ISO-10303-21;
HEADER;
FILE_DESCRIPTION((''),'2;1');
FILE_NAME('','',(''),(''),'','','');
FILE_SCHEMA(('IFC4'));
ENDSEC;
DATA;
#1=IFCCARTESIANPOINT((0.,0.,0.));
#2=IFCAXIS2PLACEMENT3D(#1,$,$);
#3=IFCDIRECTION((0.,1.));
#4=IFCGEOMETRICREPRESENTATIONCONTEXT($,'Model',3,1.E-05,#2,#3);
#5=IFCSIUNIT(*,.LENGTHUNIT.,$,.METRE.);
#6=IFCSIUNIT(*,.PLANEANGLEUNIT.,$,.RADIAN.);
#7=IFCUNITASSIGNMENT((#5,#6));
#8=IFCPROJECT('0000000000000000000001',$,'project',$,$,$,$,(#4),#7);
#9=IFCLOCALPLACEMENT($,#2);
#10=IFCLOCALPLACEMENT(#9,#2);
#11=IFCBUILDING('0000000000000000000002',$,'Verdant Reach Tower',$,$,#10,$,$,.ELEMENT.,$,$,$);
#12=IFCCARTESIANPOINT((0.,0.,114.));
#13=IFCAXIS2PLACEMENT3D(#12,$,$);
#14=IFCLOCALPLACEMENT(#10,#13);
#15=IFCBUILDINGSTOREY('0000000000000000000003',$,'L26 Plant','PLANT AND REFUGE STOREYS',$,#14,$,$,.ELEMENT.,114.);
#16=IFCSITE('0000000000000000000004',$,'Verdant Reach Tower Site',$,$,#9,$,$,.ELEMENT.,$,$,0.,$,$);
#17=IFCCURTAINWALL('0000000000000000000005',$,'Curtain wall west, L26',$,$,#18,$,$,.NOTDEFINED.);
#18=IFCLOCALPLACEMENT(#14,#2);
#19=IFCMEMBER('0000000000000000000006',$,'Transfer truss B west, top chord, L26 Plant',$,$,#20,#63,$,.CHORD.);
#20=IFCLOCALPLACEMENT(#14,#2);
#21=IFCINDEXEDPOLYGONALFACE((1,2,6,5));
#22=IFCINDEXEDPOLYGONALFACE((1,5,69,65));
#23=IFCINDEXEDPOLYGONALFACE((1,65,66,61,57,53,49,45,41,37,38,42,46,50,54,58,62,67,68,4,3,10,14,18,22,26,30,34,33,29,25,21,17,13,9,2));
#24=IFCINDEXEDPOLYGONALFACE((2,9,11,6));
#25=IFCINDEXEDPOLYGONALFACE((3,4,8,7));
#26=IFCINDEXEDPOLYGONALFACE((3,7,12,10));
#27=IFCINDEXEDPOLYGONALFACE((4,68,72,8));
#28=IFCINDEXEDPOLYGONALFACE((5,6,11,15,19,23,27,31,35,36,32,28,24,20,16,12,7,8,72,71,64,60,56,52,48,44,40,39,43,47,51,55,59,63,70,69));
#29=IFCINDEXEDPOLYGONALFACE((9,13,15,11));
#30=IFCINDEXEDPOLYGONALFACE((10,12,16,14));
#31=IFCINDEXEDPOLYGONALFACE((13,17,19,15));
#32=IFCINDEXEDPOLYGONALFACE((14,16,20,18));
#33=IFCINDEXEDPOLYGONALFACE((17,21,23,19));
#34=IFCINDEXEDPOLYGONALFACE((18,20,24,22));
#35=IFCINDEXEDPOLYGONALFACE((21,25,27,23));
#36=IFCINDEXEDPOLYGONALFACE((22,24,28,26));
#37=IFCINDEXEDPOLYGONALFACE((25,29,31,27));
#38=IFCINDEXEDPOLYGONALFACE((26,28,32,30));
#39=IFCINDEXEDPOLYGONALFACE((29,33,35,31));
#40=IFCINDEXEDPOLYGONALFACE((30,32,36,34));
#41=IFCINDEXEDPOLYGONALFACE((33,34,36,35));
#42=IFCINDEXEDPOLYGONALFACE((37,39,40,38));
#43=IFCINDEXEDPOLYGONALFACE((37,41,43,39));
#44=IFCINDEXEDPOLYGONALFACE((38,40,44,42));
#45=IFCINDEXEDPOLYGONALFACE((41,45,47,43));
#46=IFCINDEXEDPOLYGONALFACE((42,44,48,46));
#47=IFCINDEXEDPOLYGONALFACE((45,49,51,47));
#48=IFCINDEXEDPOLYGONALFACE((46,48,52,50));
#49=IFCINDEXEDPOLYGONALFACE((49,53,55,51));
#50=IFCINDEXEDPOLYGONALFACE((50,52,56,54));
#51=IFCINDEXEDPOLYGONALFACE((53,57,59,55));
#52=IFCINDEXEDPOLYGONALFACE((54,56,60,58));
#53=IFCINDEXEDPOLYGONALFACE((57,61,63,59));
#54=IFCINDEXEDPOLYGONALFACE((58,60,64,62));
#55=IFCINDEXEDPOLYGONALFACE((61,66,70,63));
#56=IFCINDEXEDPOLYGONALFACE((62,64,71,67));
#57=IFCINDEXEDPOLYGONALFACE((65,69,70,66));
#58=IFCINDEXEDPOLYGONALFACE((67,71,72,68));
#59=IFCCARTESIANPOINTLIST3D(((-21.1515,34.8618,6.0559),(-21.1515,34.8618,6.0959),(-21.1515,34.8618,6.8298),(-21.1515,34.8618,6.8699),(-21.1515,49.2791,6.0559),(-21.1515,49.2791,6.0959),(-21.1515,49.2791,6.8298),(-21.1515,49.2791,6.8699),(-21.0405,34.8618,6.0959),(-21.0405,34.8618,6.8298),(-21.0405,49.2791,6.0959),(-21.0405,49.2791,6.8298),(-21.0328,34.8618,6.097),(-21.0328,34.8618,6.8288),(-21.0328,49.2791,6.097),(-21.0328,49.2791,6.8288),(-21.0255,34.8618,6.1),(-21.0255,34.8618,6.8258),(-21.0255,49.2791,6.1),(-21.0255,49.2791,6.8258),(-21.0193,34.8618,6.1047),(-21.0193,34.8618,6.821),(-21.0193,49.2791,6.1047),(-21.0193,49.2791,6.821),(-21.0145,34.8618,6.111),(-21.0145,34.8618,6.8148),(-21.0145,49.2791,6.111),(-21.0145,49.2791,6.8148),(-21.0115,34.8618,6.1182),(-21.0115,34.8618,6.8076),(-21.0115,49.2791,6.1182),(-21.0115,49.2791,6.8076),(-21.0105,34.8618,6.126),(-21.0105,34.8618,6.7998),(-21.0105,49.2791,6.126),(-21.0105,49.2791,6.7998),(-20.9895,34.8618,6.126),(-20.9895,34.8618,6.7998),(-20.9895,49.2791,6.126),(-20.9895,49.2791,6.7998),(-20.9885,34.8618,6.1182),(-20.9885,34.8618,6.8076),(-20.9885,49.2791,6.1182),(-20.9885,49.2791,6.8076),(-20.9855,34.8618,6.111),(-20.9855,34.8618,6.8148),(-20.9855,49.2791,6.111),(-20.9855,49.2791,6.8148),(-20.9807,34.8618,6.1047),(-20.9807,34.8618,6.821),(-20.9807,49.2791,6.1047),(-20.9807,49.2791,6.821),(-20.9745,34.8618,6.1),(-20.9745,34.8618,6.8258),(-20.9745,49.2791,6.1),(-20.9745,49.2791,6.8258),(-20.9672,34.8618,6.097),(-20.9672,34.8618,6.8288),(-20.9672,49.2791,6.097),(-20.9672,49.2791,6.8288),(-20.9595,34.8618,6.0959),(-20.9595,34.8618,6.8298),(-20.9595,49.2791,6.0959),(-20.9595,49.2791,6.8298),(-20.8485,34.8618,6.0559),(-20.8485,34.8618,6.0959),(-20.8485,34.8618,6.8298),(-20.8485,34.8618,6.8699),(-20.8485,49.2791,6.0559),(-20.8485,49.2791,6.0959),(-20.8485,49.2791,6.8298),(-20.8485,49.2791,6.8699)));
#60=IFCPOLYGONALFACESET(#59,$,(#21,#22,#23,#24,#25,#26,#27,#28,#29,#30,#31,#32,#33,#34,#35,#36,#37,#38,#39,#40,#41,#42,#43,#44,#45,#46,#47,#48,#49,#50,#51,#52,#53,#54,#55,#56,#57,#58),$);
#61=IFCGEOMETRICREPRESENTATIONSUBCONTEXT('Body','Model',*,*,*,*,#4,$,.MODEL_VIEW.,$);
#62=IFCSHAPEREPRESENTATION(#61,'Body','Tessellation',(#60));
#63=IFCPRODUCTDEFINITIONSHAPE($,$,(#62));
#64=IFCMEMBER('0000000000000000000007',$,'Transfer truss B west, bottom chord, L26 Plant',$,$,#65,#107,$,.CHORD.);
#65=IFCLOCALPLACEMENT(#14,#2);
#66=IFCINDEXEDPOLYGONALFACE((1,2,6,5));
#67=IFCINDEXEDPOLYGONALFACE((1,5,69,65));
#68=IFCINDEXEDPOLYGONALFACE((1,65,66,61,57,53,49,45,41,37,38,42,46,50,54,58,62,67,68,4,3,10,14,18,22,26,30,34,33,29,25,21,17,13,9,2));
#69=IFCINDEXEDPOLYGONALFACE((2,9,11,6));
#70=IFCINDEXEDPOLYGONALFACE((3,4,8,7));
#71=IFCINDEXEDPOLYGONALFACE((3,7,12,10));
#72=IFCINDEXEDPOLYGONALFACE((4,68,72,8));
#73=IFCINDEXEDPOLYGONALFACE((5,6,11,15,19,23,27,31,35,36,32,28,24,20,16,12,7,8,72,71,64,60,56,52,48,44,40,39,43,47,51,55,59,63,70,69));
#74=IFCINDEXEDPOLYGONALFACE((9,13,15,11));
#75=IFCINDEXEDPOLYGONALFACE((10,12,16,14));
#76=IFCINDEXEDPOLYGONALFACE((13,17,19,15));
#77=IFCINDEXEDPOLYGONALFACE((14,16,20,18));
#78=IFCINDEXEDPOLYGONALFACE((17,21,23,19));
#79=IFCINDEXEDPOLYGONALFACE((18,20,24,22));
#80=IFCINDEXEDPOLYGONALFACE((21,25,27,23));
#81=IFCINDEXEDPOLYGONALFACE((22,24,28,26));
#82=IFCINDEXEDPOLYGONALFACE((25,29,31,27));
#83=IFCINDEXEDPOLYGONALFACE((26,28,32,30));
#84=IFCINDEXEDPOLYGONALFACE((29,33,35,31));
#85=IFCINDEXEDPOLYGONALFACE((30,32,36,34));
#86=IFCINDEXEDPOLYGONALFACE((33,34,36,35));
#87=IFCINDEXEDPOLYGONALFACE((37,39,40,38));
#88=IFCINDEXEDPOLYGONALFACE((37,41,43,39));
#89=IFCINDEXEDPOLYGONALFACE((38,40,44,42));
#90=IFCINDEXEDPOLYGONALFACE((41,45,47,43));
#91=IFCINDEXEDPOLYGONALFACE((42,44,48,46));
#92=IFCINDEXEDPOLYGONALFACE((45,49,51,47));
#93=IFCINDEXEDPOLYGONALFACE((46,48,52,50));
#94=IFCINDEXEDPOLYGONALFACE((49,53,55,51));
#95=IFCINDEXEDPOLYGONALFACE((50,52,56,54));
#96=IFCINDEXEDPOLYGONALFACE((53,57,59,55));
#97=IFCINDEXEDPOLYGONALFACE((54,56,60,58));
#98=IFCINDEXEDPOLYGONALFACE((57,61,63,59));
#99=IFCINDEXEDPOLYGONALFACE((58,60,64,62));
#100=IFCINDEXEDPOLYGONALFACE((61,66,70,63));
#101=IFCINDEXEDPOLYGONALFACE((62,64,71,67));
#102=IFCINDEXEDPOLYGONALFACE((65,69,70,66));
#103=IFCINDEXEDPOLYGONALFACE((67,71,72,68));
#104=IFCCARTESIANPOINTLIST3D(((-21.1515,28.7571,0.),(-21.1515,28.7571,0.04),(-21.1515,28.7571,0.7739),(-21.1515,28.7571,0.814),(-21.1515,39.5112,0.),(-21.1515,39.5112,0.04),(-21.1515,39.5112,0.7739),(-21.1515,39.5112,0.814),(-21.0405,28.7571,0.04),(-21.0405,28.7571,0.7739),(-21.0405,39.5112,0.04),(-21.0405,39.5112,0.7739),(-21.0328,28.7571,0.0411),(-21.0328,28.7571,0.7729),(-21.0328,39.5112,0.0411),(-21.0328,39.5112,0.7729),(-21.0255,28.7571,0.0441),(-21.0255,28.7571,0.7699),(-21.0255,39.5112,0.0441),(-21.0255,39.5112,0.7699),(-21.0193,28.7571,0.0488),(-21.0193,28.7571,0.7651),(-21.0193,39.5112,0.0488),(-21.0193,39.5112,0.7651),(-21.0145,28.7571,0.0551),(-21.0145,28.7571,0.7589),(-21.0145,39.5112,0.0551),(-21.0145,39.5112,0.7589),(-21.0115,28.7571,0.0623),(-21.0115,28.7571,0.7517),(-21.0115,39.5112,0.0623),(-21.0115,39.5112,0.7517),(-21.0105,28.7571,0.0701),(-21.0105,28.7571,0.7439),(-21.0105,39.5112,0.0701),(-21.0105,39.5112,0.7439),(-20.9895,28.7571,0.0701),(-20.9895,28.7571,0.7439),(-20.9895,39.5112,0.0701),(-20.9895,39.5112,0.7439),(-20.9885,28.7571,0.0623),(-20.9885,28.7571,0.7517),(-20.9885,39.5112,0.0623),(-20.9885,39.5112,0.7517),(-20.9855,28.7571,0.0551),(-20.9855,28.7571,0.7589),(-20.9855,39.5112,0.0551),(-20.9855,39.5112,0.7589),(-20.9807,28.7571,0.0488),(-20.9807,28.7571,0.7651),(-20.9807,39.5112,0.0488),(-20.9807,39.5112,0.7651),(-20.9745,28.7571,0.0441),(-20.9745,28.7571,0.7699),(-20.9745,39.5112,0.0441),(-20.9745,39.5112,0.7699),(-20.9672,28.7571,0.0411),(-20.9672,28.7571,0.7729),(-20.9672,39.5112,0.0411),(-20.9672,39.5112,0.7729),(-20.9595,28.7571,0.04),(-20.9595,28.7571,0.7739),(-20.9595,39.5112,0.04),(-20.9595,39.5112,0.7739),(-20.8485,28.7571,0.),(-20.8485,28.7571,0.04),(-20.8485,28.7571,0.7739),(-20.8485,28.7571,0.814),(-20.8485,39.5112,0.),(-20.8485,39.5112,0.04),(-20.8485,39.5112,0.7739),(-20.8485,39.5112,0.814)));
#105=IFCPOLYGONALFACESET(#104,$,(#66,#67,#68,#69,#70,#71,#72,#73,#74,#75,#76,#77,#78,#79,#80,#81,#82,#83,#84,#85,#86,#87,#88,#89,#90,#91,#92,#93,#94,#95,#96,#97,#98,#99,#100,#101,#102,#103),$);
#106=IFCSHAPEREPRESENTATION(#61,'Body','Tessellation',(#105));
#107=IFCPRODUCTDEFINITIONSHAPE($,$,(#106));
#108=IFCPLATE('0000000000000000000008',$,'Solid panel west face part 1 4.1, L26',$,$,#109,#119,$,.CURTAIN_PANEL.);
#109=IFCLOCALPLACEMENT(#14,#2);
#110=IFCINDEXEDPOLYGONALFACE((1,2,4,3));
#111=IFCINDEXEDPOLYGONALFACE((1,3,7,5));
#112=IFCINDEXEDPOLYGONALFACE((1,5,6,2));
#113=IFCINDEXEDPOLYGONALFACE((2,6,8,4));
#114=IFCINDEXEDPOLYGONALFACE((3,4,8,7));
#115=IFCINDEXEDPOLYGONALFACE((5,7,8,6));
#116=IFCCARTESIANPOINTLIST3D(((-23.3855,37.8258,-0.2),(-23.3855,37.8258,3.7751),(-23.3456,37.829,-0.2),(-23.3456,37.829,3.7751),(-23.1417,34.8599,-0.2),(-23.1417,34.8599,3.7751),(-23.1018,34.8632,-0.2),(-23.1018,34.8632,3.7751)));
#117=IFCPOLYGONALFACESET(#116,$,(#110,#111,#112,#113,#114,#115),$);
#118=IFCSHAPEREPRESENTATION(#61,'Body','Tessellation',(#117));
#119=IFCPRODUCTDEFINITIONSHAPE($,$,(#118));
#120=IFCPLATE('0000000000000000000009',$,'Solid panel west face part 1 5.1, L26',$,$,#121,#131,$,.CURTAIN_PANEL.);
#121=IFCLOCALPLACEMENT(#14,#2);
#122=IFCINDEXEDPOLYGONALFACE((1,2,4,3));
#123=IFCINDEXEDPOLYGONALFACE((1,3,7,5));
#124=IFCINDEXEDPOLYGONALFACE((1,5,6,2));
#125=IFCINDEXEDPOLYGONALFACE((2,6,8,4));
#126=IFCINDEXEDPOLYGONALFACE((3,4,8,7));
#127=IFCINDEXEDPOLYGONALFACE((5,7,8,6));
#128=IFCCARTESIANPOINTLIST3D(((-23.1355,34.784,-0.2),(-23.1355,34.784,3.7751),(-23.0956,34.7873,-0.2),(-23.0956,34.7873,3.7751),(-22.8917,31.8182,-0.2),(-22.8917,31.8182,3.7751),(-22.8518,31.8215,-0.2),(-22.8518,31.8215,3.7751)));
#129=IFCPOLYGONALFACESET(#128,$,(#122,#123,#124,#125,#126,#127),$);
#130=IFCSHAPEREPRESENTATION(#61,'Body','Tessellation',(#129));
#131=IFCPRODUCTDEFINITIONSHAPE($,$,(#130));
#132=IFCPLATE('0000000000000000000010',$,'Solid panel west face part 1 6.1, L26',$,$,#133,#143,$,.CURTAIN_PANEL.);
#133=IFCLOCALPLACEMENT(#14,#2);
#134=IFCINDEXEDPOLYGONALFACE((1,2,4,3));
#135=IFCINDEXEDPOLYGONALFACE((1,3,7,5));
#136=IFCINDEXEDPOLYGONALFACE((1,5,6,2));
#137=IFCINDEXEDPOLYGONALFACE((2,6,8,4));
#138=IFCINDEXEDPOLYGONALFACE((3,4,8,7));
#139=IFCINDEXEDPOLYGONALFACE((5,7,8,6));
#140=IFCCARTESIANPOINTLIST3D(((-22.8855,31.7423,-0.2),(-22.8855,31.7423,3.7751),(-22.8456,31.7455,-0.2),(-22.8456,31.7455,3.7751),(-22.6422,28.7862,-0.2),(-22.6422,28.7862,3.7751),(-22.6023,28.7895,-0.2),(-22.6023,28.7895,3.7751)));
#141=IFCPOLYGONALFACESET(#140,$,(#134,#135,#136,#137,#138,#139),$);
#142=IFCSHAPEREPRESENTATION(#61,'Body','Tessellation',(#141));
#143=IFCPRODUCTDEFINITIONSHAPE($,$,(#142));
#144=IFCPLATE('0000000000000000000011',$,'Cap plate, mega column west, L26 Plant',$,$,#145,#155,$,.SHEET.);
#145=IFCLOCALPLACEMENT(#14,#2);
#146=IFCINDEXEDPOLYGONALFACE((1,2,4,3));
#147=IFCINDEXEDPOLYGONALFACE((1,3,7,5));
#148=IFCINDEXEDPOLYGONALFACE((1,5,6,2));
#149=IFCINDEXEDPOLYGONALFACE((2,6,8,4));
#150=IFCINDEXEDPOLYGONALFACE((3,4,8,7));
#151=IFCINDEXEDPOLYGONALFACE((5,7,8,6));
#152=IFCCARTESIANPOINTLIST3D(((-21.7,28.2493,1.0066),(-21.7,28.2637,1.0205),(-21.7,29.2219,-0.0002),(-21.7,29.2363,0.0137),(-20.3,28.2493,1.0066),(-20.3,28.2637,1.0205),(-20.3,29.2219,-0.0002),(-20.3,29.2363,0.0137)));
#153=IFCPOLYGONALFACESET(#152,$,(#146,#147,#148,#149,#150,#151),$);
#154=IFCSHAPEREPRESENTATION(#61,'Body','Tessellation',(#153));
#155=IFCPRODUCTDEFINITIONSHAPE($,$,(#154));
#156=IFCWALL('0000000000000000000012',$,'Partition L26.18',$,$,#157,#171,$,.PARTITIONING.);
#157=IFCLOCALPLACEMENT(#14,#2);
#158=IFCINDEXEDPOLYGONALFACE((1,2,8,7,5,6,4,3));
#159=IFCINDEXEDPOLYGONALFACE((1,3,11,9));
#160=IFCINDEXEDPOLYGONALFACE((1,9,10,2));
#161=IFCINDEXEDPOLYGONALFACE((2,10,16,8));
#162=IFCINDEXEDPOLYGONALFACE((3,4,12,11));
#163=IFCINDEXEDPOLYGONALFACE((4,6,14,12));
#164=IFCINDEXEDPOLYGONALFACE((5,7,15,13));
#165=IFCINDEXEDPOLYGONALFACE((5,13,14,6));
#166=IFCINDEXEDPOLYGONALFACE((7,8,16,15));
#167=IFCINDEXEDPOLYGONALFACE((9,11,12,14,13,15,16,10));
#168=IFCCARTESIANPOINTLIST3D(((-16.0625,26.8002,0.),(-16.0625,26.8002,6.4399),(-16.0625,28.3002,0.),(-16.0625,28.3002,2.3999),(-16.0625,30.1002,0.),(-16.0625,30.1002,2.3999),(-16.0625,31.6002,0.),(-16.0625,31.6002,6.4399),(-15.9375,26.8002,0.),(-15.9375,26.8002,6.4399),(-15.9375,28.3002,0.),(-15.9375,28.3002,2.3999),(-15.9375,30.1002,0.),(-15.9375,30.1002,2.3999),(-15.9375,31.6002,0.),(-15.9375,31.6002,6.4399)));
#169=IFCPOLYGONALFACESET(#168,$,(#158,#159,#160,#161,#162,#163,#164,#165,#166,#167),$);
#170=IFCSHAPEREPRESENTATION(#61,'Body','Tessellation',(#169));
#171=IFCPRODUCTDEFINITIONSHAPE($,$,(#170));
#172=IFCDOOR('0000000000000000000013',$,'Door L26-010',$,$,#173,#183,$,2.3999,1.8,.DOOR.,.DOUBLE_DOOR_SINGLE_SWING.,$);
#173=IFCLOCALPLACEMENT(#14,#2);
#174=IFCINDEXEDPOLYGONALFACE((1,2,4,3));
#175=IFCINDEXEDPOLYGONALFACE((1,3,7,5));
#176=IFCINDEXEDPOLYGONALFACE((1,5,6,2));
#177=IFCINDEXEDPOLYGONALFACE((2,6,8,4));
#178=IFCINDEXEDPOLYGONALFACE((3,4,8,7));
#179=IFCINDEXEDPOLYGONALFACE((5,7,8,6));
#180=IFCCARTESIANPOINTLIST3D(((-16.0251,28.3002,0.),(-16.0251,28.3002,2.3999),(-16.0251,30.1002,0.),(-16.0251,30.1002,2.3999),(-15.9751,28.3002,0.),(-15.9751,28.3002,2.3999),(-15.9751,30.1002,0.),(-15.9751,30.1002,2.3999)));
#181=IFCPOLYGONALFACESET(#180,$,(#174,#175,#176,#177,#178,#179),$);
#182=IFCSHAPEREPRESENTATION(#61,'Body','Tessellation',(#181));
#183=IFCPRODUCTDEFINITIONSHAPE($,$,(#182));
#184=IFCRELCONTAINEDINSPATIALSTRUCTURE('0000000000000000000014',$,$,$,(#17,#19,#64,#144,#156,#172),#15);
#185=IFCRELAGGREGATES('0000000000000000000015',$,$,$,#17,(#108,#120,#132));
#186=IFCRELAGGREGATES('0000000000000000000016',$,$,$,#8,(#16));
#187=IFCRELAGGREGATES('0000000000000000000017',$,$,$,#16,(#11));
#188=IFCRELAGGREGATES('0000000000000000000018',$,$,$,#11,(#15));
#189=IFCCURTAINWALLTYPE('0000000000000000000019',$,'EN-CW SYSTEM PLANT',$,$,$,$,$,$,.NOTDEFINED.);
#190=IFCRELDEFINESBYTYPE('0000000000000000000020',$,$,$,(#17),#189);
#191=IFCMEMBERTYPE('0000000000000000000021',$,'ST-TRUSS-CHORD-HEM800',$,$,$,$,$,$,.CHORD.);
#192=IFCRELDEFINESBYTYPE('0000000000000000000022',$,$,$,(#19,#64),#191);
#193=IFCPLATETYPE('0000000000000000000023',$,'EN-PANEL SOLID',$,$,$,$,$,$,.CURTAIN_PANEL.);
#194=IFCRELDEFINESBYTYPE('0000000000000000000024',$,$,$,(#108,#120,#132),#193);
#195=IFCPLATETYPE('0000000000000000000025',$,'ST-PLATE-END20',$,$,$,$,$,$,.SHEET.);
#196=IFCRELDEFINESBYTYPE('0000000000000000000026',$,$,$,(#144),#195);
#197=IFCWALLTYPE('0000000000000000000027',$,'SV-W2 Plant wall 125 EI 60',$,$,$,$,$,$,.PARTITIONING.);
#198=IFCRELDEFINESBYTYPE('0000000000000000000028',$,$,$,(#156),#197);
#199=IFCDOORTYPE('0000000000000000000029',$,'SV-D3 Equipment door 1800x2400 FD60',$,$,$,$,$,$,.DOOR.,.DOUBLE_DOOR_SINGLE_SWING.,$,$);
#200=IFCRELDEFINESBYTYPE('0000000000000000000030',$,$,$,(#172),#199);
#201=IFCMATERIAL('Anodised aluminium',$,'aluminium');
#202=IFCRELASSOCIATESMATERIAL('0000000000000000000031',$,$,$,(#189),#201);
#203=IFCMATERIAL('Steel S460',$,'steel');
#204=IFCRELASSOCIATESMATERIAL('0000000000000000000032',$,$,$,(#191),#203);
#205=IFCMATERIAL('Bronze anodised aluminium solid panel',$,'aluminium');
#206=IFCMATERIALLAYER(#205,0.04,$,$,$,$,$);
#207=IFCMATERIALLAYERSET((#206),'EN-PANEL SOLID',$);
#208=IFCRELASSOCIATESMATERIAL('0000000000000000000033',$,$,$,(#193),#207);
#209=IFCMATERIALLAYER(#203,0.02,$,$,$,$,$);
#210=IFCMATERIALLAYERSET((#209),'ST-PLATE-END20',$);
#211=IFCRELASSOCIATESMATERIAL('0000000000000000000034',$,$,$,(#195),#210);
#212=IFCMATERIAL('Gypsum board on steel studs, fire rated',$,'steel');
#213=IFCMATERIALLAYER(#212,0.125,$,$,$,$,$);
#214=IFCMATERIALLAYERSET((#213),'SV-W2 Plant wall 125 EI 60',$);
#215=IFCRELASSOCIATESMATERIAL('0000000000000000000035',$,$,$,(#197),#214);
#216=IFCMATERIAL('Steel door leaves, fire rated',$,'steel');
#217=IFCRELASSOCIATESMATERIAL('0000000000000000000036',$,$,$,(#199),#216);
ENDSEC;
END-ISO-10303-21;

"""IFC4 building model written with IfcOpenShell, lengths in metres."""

from ifc_helpers import new_model, si_unit, direction, frame, frame_2d, origin, origin_2d, place, context, subcontext, project, spatial, rectangle, i_section, extrude, material, layer, layer_set, material_profile, profile_set, type_object, element, fill, aggregate, save


model = new_model("IFC4")

# Units and contexts
model_context = context("Model", 3, precision=1e-05, world=origin(), true_north=direction((0.0, 1.0)))
body_context = subcontext(model_context, "Body", "Model", "MODEL_VIEW")
ifc_project = project(units=[si_unit("LENGTHUNIT", "METRE"), si_unit("PLANEANGLEUNIT", "RADIAN")], contexts=[model_context])

# Site, building, storey
site_placement = place(None, origin())
site = spatial("IfcSite", under=ifc_project, at=site_placement, Name="Verdant Reach Tower Site", CompositionType="ELEMENT", RefElevation=0.0)
building_placement = place(site_placement, origin())
building = spatial("IfcBuilding", under=site, at=building_placement, Name="Verdant Reach Tower", CompositionType="ELEMENT")
storey_placement = place(building_placement, frame((0.0, 0.0, 114.0)))
storey = spatial("IfcBuildingStorey", under=building, at=storey_placement, Name="L26 Plant", Description="PLANT AND REFUGE STOREYS", CompositionType="ELEMENT", Elevation=114.0)

# Shared definitions
ifc_material_1 = material(Name="Steel S460", Category="steel")

# Curtain wall
ifc_material_2 = material(Name="Anodised aluminium", Category="aluminium")
curtain_wall_type = type_object("IfcCurtainWallType", Name="EN-CW SYSTEM PLANT", PredefinedType="NOTDEFINED", material=ifc_material_2)
curtain_wall_placement = place(storey_placement, origin())
curtain_wall = element("IfcCurtainWall", 1, at=curtain_wall_placement, inside=storey, type_object=curtain_wall_type, Name="Curtain wall west, L26", PredefinedType="NOTDEFINED")

# Members
ifc_material_profile_1 = material_profile(ifc_material_1, i_section(OverallWidth=0.303, OverallDepth=0.814, WebThickness=0.021, FlangeThickness=0.04, FilletRadius=0.03, at=origin_2d()), Name="HEM 800")
ifc_profile_set_1 = profile_set([ifc_material_profile_1], Name="Steel S460")
member_type_1 = type_object("IfcMemberType", Name="ST-TRUSS-CHORD-HEM800", PredefinedType="CHORD", material=ifc_profile_set_1)
member_1_placement = place(storey_placement, frame((-21.0, 34.8618, 6.4629), z_axis=(0.0, 1.0, 0.0), x_axis=(-1.0, 0.0, 0.0)))
element("IfcMember", 2, at=member_1_placement, inside=storey, type_object=member_type_1, Name="Transfer truss B west, top chord, L26 Plant", PredefinedType="CHORD", context=body_context, shape_type="SweptSolid", body=[
    extrude(i_section(OverallWidth=0.303, OverallDepth=0.814, WebThickness=0.021, FlangeThickness=0.04, FilletRadius=0.03, at=origin_2d()), origin(), (0.0, 0.0, 1.0), 14.4172),
])
member_2_placement = place(storey_placement, frame((-21.0, 28.7571, 0.407), z_axis=(0.0, 1.0, 0.0), x_axis=(-1.0, 0.0, 0.0)))
element("IfcMember", 3, at=member_2_placement, inside=storey, type_object=member_type_1, Name="Transfer truss B west, bottom chord, L26 Plant", PredefinedType="CHORD", context=body_context, shape_type="SweptSolid", body=[
    extrude(i_section(OverallWidth=0.303, OverallDepth=0.814, WebThickness=0.021, FlangeThickness=0.04, FilletRadius=0.03, at=origin_2d()), origin(), (0.0, 0.0, 1.0), 10.7542),
])

# Plates
ifc_material_3 = material(Name="Bronze anodised aluminium solid panel", Category="aluminium")
ifc_layer_1 = layer(ifc_material_3, 0.04)
ifc_layer_set_1 = layer_set([ifc_layer_1], Name="EN-PANEL SOLID")
plate_type_1 = type_object("IfcPlateType", Name="EN-PANEL SOLID", PredefinedType="CURTAIN_PANEL", material=ifc_layer_set_1)
plate_1_placement = place(storey_placement, frame((-23.2437, 36.3445, -0.2), z_axis=(0.0, 0.0, 1.0), x_axis=(0.081916, -0.996639, 0.0)))
plate_1 = element("IfcPlate", 4, at=plate_1_placement, type_object=plate_type_1, Name="Solid panel west face part 1 4.1, L26", PredefinedType="CURTAIN_PANEL", context=body_context, shape_type="SweptSolid", body=[
    extrude(rectangle(XDim=2.9758, YDim=0.04, at=origin_2d()), origin(), (0.0, 0.0, 1.0), 3.9751),
])
plate_2_placement = place(storey_placement, frame((-22.9937, 33.3027, -0.2), z_axis=(0.0, 0.0, 1.0), x_axis=(0.081916, -0.996639, 0.0)))
plate_2 = element("IfcPlate", 5, at=plate_2_placement, type_object=plate_type_1, Name="Solid panel west face part 1 5.1, L26", PredefinedType="CURTAIN_PANEL", context=body_context, shape_type="SweptSolid", body=[
    extrude(rectangle(XDim=2.9758, YDim=0.04, at=origin_2d()), origin(), (0.0, 0.0, 1.0), 3.9751),
])
plate_3_placement = place(storey_placement, frame((-22.7439, 30.2659, -0.2), z_axis=(0.0, 0.0, 1.0), x_axis=(0.082047, -0.996628, 0.0)))
plate_3 = element("IfcPlate", 6, at=plate_3_placement, type_object=plate_type_1, Name="Solid panel west face part 1 6.1, L26", PredefinedType="CURTAIN_PANEL", context=body_context, shape_type="SweptSolid", body=[
    extrude(rectangle(XDim=2.9661, YDim=0.04, at=origin_2d()), origin(), (0.0, 0.0, 1.0), 3.9751),
])
ifc_layer_2 = layer(ifc_material_1, 0.02)
ifc_layer_set_2 = layer_set([ifc_layer_2], Name="ST-PLATE-END20")
plate_type_2 = type_object("IfcPlateType", Name="ST-PLATE-END20", PredefinedType="SHEET", material=ifc_layer_set_2)
plate_4_placement = place(storey_placement, frame((-21.0, 28.7356, 0.5032), z_axis=(0.0, 0.719191, 0.694812), x_axis=(-1.0, 0.0, 0.0)))
element("IfcPlate", 7, at=plate_4_placement, inside=storey, type_object=plate_type_2, Name="Cap plate, mega column west, L26 Plant", PredefinedType="SHEET", context=body_context, shape_type="SweptSolid", body=[
    extrude(rectangle(XDim=1.3999, YDim=1.3999, at=origin_2d()), origin(), (0.0, 0.0, 1.0), 0.02),
])

# Wall, opening, door
ifc_material_4 = material(Name="Gypsum board on steel studs, fire rated", Category="steel")
ifc_layer_3 = layer(ifc_material_4, 0.125)
ifc_layer_set_3 = layer_set([ifc_layer_3], Name="SV-W2 Plant wall 125 EI 60")
wall_type_1 = type_object("IfcWallType", Name="SV-W2 Plant wall 125 EI 60", PredefinedType="PARTITIONING", material=ifc_layer_set_3)
wall_1_placement = place(storey_placement, frame((-16.0, 31.6001, 0.0), z_axis=(0.0, 0.0, 1.0), x_axis=(0.0, -1.0, 0.0)))
wall_1 = element("IfcWall", 8, at=wall_1_placement, inside=storey, type_object=wall_type_1, Name="Partition L26.18", PredefinedType="PARTITIONING", context=body_context, shape_type="SweptSolid", body=[
    extrude(rectangle(XDim=4.8, YDim=0.125, at=frame_2d((2.3999, 0.0))), origin(), (0.0, 0.0, 1.0), 6.4399),
])
opening_1_placement = place(wall_1_placement, frame((1.5, 0.0, 0.0)))
opening_1 = element("IfcOpeningElement", 9, at=opening_1_placement, cuts=wall_1, PredefinedType="OPENING", context=body_context, shape_type="SweptSolid", body=[
    extrude(rectangle(XDim=1.8, YDim=2.3999, at=frame_2d((0.8999, 1.2))), frame((0.0, 0.0725, 0.0), z_axis=(0.0, -1.0, 0.0), x_axis=(1.0, 0.0, 0.0)), (0.0, 0.0, 1.0), 0.145),
])
ifc_material_5 = material(Name="Steel door leaves, fire rated", Category="steel")
door_type_1 = type_object("IfcDoorType", Name="SV-D3 Equipment door 1800x2400 FD60", OperationType="DOUBLE_DOOR_SINGLE_SWING", PredefinedType="DOOR", material=ifc_material_5)
door_1_placement = place(opening_1_placement, origin())
door_1 = element("IfcDoor", 10, at=door_1_placement, inside=storey, type_object=door_type_1, Name="Door L26-010", OperationType="DOUBLE_DOOR_SINGLE_SWING", OverallHeight=2.3999, OverallWidth=1.8, PredefinedType="DOOR", context=body_context, shape_type="SweptSolid", body=[
    extrude(rectangle(XDim=1.8, YDim=2.3999, at=frame_2d((0.8999, 1.2))), frame((0.0, 0.0249, 0.0), z_axis=(0.0, -1.0, 0.0), x_axis=(1.0, 0.0, 0.0)), (0.0, 0.0, 1.0), 0.05),
])
fill(opening_1, door_1)

aggregate(curtain_wall, [plate_1, plate_2, plate_3])

save(model, "model.ifc")
